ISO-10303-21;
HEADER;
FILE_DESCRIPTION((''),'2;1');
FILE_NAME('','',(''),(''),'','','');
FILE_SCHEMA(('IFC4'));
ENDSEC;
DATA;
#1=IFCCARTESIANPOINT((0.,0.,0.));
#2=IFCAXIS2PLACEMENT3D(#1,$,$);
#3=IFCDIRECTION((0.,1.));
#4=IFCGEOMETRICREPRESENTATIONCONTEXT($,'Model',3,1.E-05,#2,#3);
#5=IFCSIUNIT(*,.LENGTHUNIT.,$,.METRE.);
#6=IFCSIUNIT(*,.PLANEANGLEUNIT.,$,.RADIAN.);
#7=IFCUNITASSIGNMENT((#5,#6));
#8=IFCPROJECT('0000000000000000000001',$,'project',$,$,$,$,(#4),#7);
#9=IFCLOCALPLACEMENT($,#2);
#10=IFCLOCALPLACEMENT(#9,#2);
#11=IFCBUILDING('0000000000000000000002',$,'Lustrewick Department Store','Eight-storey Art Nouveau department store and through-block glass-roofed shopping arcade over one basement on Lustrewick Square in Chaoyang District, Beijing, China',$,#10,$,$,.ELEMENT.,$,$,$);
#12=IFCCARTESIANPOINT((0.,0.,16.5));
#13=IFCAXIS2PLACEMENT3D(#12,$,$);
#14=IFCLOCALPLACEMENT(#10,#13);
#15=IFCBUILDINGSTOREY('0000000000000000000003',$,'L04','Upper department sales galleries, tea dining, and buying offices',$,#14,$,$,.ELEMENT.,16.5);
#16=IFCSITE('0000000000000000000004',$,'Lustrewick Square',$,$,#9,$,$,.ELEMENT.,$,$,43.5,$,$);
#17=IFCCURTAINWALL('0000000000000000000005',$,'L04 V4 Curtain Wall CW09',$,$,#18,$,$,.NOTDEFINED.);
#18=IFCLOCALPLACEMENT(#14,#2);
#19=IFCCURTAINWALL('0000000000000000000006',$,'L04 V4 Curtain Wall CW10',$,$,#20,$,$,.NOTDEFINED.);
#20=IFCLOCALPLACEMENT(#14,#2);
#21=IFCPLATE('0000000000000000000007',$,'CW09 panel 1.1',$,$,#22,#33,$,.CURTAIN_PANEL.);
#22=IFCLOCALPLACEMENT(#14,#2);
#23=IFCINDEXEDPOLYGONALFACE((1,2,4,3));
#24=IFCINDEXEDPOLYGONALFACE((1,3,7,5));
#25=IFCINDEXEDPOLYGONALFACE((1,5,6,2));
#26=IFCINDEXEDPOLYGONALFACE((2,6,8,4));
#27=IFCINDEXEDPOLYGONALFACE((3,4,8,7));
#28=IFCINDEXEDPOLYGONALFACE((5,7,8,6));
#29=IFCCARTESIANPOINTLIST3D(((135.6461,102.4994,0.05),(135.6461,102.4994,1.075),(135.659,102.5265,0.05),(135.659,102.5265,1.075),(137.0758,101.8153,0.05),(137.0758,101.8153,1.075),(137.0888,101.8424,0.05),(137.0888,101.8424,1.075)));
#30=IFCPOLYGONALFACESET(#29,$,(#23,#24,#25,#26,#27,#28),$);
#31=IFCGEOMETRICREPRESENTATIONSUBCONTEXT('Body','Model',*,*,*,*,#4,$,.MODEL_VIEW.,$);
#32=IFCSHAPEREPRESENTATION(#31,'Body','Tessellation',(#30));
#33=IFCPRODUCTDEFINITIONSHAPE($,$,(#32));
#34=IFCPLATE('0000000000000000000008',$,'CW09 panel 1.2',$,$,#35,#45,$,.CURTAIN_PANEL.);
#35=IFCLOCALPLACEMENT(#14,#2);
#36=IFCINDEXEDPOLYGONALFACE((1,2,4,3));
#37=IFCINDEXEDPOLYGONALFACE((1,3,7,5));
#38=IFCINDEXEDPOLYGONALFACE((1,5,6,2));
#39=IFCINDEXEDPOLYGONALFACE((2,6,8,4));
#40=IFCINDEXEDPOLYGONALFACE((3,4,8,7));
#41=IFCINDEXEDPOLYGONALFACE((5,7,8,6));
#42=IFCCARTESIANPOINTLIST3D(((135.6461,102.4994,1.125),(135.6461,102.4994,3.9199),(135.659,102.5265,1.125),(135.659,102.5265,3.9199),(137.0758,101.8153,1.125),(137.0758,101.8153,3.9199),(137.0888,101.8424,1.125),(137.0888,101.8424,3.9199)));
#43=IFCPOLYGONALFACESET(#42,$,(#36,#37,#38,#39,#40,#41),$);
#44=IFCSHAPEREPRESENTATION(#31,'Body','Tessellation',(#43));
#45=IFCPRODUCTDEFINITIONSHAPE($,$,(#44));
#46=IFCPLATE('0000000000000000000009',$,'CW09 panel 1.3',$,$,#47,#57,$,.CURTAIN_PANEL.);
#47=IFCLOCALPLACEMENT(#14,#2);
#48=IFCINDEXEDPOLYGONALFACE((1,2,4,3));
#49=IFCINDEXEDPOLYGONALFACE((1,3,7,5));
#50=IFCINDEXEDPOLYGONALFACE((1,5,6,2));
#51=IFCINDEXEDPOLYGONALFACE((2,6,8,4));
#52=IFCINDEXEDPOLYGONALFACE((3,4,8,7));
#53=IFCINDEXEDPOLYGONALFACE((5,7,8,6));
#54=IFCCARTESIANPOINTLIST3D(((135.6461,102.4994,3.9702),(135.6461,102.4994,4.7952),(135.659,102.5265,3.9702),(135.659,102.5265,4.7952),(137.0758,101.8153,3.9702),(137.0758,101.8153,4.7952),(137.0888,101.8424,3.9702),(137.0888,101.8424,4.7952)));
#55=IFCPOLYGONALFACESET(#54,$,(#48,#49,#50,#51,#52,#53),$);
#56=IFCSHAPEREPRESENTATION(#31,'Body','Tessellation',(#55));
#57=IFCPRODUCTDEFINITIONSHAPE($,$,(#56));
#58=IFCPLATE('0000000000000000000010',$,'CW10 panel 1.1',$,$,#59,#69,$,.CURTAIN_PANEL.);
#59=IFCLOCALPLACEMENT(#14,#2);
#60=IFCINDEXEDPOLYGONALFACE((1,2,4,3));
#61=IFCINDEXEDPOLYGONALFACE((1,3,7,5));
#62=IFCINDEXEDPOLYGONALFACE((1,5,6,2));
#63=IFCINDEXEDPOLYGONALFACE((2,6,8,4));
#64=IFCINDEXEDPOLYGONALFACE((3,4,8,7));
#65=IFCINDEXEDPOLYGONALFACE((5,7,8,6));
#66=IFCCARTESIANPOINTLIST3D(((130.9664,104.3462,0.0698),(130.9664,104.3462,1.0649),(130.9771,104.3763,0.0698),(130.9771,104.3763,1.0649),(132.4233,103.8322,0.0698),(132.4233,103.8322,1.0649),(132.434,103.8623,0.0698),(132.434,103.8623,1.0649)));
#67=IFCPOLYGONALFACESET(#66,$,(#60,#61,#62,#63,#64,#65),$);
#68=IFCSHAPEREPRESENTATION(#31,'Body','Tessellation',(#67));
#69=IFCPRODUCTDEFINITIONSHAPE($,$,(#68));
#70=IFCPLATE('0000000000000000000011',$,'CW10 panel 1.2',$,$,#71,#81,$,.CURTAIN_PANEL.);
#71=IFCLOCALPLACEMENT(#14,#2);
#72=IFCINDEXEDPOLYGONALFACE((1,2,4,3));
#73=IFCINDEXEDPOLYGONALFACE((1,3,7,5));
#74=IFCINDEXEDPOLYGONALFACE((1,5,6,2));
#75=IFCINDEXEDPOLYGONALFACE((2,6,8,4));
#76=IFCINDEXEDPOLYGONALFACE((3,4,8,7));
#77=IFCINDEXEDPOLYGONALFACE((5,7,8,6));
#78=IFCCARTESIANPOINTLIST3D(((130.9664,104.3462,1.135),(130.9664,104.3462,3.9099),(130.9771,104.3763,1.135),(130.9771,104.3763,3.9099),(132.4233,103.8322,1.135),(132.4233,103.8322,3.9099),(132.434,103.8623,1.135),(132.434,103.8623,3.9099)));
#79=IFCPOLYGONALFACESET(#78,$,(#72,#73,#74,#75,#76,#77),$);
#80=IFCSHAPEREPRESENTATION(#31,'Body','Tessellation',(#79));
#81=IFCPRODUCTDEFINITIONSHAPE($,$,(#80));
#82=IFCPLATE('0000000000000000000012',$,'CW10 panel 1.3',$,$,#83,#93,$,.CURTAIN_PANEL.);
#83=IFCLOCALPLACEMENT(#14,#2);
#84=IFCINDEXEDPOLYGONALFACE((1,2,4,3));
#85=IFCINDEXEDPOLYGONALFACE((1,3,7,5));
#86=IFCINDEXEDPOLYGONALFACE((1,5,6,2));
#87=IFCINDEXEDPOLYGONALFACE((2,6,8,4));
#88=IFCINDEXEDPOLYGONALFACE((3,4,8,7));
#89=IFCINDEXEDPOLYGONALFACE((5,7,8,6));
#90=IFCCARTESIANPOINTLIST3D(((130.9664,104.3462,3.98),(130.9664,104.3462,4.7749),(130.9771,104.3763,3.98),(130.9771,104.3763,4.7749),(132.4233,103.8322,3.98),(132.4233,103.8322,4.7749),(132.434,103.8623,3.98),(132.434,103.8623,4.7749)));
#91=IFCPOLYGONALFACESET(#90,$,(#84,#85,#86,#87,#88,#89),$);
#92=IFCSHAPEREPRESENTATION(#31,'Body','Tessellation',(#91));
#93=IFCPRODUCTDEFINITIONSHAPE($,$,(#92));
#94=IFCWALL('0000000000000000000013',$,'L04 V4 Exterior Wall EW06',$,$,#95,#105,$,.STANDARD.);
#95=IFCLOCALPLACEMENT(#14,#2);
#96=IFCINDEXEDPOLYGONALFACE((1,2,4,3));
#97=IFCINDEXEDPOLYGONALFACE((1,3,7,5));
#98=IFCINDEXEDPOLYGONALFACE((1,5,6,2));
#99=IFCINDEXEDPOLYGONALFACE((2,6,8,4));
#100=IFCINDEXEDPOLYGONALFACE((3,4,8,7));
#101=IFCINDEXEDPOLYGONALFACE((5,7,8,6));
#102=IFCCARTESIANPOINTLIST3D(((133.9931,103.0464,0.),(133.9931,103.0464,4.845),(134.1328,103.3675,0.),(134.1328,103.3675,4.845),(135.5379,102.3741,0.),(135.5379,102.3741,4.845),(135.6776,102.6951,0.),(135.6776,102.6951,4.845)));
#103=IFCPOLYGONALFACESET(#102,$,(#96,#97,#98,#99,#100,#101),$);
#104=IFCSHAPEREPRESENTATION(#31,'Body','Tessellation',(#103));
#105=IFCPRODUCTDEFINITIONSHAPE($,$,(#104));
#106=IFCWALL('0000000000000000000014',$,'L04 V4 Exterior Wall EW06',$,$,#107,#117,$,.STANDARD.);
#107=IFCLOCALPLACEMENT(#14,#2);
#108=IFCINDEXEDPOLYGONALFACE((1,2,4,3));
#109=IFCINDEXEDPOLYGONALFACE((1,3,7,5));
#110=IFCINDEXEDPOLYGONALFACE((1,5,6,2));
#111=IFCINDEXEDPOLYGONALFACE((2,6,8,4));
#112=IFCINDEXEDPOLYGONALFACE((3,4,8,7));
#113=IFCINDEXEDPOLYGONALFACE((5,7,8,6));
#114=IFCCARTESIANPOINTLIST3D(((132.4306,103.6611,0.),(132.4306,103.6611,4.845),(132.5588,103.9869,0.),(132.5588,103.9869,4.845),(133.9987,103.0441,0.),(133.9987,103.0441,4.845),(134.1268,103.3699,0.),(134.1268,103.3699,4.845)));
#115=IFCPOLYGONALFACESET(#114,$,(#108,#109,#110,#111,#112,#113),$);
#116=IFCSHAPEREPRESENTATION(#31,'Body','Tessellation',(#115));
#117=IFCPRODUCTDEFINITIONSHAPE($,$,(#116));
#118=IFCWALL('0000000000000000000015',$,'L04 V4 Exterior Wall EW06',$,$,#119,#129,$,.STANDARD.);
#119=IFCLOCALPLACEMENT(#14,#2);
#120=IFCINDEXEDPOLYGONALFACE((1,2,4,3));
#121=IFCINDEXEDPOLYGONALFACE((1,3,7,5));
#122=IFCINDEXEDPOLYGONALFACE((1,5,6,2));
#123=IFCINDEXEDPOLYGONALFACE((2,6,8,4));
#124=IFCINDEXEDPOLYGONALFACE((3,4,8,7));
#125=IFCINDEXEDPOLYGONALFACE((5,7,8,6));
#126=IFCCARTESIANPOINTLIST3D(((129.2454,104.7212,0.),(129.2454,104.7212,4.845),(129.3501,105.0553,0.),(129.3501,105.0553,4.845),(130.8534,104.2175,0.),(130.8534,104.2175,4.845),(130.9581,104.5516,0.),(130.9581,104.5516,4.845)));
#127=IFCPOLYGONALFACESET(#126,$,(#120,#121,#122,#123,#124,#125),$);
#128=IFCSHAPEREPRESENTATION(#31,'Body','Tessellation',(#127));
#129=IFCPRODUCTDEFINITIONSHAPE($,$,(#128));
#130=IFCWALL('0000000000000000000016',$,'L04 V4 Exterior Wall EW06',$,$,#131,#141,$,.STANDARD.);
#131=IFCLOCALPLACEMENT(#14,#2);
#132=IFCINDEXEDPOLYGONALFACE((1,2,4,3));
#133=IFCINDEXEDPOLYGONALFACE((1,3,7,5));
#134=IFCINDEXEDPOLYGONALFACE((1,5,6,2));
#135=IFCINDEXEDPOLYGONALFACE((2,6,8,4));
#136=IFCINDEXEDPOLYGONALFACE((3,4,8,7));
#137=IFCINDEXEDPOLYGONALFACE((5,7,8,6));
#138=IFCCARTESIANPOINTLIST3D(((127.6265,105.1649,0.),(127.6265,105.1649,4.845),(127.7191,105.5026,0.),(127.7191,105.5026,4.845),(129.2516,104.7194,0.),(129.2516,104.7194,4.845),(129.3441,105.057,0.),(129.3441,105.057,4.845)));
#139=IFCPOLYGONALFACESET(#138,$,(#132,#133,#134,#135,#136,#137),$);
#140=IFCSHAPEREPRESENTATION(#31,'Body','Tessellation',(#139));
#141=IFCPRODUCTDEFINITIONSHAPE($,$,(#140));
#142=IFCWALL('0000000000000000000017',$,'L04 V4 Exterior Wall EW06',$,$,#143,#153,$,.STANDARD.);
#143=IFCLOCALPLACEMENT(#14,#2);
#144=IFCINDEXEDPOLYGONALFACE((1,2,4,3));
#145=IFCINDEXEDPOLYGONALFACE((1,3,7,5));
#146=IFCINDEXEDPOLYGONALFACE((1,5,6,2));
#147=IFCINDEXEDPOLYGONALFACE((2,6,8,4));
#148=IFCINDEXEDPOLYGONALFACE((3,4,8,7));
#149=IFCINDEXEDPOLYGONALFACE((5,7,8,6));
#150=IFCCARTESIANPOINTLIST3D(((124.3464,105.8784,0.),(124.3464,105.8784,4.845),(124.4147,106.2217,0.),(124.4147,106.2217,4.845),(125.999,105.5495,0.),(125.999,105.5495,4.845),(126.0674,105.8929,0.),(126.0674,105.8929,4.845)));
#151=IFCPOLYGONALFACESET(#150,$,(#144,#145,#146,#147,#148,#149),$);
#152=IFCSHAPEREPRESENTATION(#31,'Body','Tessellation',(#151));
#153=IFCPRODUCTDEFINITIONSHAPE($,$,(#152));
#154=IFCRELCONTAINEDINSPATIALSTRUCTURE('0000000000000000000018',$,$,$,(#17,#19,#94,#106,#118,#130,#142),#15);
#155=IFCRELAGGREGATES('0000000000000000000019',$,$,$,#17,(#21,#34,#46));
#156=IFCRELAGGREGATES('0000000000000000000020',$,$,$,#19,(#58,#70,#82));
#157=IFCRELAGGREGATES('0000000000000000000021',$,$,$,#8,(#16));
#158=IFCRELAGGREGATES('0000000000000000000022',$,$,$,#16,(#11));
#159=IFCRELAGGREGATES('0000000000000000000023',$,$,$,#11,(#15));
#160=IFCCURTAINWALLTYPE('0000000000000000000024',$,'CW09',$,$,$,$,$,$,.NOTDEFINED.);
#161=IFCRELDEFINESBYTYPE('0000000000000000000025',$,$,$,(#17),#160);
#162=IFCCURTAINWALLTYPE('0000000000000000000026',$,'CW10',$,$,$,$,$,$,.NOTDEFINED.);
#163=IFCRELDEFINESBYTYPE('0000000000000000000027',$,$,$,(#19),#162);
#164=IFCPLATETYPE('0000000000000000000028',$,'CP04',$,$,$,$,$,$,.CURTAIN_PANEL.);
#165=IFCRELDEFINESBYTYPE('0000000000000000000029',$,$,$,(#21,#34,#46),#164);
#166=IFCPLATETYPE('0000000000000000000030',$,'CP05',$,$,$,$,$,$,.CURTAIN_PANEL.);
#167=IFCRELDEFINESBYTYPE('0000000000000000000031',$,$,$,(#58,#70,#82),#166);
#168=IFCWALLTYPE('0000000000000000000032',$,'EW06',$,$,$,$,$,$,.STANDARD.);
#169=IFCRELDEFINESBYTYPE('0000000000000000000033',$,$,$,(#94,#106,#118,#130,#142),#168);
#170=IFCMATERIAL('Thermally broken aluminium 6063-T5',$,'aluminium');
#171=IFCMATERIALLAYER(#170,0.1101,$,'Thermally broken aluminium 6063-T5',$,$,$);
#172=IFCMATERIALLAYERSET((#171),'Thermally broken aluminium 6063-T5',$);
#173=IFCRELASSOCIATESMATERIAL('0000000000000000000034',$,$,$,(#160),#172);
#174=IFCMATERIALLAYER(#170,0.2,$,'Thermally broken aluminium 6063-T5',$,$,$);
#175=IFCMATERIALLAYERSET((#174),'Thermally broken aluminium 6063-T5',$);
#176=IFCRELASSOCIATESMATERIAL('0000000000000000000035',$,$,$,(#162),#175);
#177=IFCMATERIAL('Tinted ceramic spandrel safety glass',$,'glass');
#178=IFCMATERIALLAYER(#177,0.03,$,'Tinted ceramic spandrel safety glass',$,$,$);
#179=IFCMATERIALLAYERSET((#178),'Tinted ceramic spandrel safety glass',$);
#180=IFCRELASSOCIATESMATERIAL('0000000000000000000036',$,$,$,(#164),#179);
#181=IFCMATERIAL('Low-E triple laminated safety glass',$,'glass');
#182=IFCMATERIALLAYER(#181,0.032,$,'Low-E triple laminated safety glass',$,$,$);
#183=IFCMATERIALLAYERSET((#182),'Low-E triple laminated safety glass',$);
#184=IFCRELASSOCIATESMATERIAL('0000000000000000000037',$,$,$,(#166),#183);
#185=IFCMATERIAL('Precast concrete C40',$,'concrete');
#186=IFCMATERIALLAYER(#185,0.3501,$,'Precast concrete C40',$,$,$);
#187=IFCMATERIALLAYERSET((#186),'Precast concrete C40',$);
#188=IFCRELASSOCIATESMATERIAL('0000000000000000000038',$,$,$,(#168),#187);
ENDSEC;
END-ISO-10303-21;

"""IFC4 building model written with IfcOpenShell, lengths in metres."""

from ifc_helpers import new_model, si_unit, direction, frame, frame_2d, origin, origin_2d, place, context, subcontext, project, spatial, rectangle, extrude, material, layer, layer_set, type_object, element, aggregate, save


model = new_model("IFC4")

# Units and contexts
model_context = context("Model", 3, precision=1e-05, world=origin(), true_north=direction((0.0, 1.0)))
body_context = subcontext(model_context, "Body", "Model", "MODEL_VIEW")
ifc_project = project(units=[si_unit("LENGTHUNIT", "METRE"), si_unit("PLANEANGLEUNIT", "RADIAN")], contexts=[model_context])

# Site, building, storey
site_placement = place(None, origin())
site = spatial("IfcSite", under=ifc_project, at=site_placement, Name="Lustrewick Square", CompositionType="ELEMENT", RefElevation=43.5)
building_placement = place(site_placement, origin())
building = spatial("IfcBuilding", under=site, at=building_placement, Name="Lustrewick Department Store", Description="Eight-storey Art Nouveau department store and through-block glass-roofed shopping arcade over one basement on Lustrewick Square in Chaoyang District, Beijing, China", CompositionType="ELEMENT")
storey_placement = place(building_placement, frame((0.0, 0.0, 16.5)))
storey = spatial("IfcBuildingStorey", under=building, at=storey_placement, Name="L04", Description="Upper department sales galleries, tea dining, and buying offices", CompositionType="ELEMENT", Elevation=16.5)

# Curtain walls
ifc_material_1 = material(Name="Thermally broken aluminium 6063-T5", Category="aluminium")
ifc_layer_1 = layer(ifc_material_1, 0.1101, Name="Thermally broken aluminium 6063-T5")
ifc_layer_set_1 = layer_set([ifc_layer_1], Name="Thermally broken aluminium 6063-T5")
curtain_wall_type_1 = type_object("IfcCurtainWallType", Name="CW09", PredefinedType="NOTDEFINED", material=ifc_layer_set_1)
curtain_wall_1_placement = place(storey_placement, origin())
curtain_wall_1 = element("IfcCurtainWall", 1, at=curtain_wall_1_placement, inside=storey, type_object=curtain_wall_type_1, Name="L04 V4 Curtain Wall CW09", PredefinedType="NOTDEFINED")
ifc_layer_2 = layer(ifc_material_1, 0.2, Name="Thermally broken aluminium 6063-T5")
ifc_layer_set_2 = layer_set([ifc_layer_2], Name="Thermally broken aluminium 6063-T5")
curtain_wall_type_2 = type_object("IfcCurtainWallType", Name="CW10", PredefinedType="NOTDEFINED", material=ifc_layer_set_2)
curtain_wall_2_placement = place(storey_placement, origin())
curtain_wall_2 = element("IfcCurtainWall", 2, at=curtain_wall_2_placement, inside=storey, type_object=curtain_wall_type_2, Name="L04 V4 Curtain Wall CW10", PredefinedType="NOTDEFINED")

# Plates
ifc_material_2 = material(Name="Tinted ceramic spandrel safety glass", Category="glass")
ifc_layer_3 = layer(ifc_material_2, 0.03, Name="Tinted ceramic spandrel safety glass")
ifc_layer_set_3 = layer_set([ifc_layer_3], Name="Tinted ceramic spandrel safety glass")
plate_type_1 = type_object("IfcPlateType", Name="CP04", PredefinedType="CURTAIN_PANEL", material=ifc_layer_set_3)
plate_1_placement = place(storey_placement, frame((136.3674, 102.1709, 0.05), z_axis=(0.0, 0.0, 1.0), x_axis=(-0.902067, 0.431596, 0.0)))
plate_1 = element("IfcPlate", 3, at=plate_1_placement, type_object=plate_type_1, Name="CW09 panel 1.1", PredefinedType="CURTAIN_PANEL", context=body_context, shape_type="SweptSolid", body=[
    extrude(rectangle(XDim=1.585, YDim=0.03, at=origin_2d()), origin(), (0.0, 0.0, 1.0), 1.0249),
])
plate_2_placement = place(storey_placement, frame((136.3674, 102.1709, 1.125), z_axis=(0.0, 0.0, 1.0), x_axis=(-0.902067, 0.431596, 0.0)))
plate_2 = element("IfcPlate", 4, at=plate_2_placement, type_object=plate_type_1, Name="CW09 panel 1.2", PredefinedType="CURTAIN_PANEL", context=body_context, shape_type="SweptSolid", body=[
    extrude(rectangle(XDim=1.585, YDim=0.03, at=origin_2d()), origin(), (0.0, 0.0, 1.0), 2.7949),
])
plate_3_placement = place(storey_placement, frame((136.3674, 102.1709, 3.9702), z_axis=(0.0, 0.0, 1.0), x_axis=(-0.902067, 0.431596, 0.0)))
plate_3 = element("IfcPlate", 5, at=plate_3_placement, type_object=plate_type_1, Name="CW09 panel 1.3", PredefinedType="CURTAIN_PANEL", context=body_context, shape_type="SweptSolid", body=[
    extrude(rectangle(XDim=1.585, YDim=0.03, at=origin_2d()), origin(), (0.0, 0.0, 1.0), 0.825),
])
aggregate(curtain_wall_1, [plate_1, plate_2, plate_3])
ifc_material_3 = material(Name="Low-E triple laminated safety glass", Category="glass")
ifc_layer_4 = layer(ifc_material_3, 0.032, Name="Low-E triple laminated safety glass")
ifc_layer_set_4 = layer_set([ifc_layer_4], Name="Low-E triple laminated safety glass")
plate_type_2 = type_object("IfcPlateType", Name="CP05", PredefinedType="CURTAIN_PANEL", material=ifc_layer_set_4)
plate_4_placement = place(storey_placement, frame((131.7002, 104.1042, 0.0698), z_axis=(0.0, 0.0, 1.0), x_axis=(-0.943032, 0.332702, 0.0)))
plate_4 = element("IfcPlate", 6, at=plate_4_placement, type_object=plate_type_2, Name="CW10 panel 1.1", PredefinedType="CURTAIN_PANEL", context=body_context, shape_type="SweptSolid", body=[
    extrude(rectangle(XDim=1.5449, YDim=0.032, at=origin_2d()), origin(), (0.0, 0.0, 1.0), 0.9951),
])
plate_5_placement = place(storey_placement, frame((131.7002, 104.1042, 1.135), z_axis=(0.0, 0.0, 1.0), x_axis=(-0.943032, 0.332702, 0.0)))
plate_5 = element("IfcPlate", 7, at=plate_5_placement, type_object=plate_type_2, Name="CW10 panel 1.2", PredefinedType="CURTAIN_PANEL", context=body_context, shape_type="SweptSolid", body=[
    extrude(rectangle(XDim=1.5449, YDim=0.032, at=origin_2d()), origin(), (0.0, 0.0, 1.0), 2.7749),
])
plate_6_placement = place(storey_placement, frame((131.7002, 104.1042, 3.98), z_axis=(0.0, 0.0, 1.0), x_axis=(-0.943032, 0.332702, 0.0)))
plate_6 = element("IfcPlate", 8, at=plate_6_placement, type_object=plate_type_2, Name="CW10 panel 1.3", PredefinedType="CURTAIN_PANEL", context=body_context, shape_type="SweptSolid", body=[
    extrude(rectangle(XDim=1.5449, YDim=0.032, at=origin_2d()), origin(), (0.0, 0.0, 1.0), 0.7949),
])
aggregate(curtain_wall_2, [plate_4, plate_5, plate_6])

# Walls
ifc_material_4 = material(Name="Precast concrete C40", Category="concrete")
ifc_layer_5 = layer(ifc_material_4, 0.3501, Name="Precast concrete C40")
ifc_layer_set_5 = layer_set([ifc_layer_5], Name="Precast concrete C40")
wall_type = type_object("IfcWallType", Name="EW06", PredefinedType="STANDARD", material=ifc_layer_set_5)
wall_placement = place(storey_placement, frame((135.6077, 102.5347, 0.0), z_axis=(0.0, 0.0, 1.0), x_axis=(-0.916927, 0.399055, 0.0)))
element("IfcWall", 9, at=wall_placement, inside=storey, type_object=wall_type, Name="L04 V4 Exterior Wall EW06", PredefinedType="STANDARD", context=body_context, shape_type="SweptSolid", body=[
    extrude(rectangle(XDim=1.6848, YDim=0.3501, at=frame_2d((0.8423, 0.0))), origin(), (0.0, 0.0, 1.0), 4.845),
])
for number, where, z_axis, x_axis, name in (
    (10, (134.0627, 103.207, 0.0), (0.0, 0.0, 1.0), (-0.93057, 0.366114, 0.0), "L04 V4 Exterior Wall EW06"),
    (11, (130.9058, 104.3845, 0.0), (0.0, 0.0, 1.0), (-0.954279, 0.298918, 0.0), "L04 V4 Exterior Wall EW06"),
    (12, (129.2979, 104.8882, 0.0), (0.0, 0.0, 1.0), (-0.964405, 0.264429, 0.0), "L04 V4 Exterior Wall EW06"),
    (13, (126.0332, 105.7212, 0.0), (0.0, 0.0, 1.0), (-0.98077, 0.195169, 0.0), "L04 V4 Exterior Wall EW06"),
):
    element("IfcWall", number, at=place(storey_placement, frame(where, z_axis=z_axis, x_axis=x_axis)), inside=storey, type_object=wall_type, Name=name, PredefinedType="STANDARD", context=body_context, shape_type="SweptSolid", body=[
        extrude(rectangle(XDim=1.6851, YDim=0.3501, at=frame_2d((0.8425, 0.0))), origin(), (0.0, 0.0, 1.0), 4.845),
    ])

save(model, "model.ifc")
